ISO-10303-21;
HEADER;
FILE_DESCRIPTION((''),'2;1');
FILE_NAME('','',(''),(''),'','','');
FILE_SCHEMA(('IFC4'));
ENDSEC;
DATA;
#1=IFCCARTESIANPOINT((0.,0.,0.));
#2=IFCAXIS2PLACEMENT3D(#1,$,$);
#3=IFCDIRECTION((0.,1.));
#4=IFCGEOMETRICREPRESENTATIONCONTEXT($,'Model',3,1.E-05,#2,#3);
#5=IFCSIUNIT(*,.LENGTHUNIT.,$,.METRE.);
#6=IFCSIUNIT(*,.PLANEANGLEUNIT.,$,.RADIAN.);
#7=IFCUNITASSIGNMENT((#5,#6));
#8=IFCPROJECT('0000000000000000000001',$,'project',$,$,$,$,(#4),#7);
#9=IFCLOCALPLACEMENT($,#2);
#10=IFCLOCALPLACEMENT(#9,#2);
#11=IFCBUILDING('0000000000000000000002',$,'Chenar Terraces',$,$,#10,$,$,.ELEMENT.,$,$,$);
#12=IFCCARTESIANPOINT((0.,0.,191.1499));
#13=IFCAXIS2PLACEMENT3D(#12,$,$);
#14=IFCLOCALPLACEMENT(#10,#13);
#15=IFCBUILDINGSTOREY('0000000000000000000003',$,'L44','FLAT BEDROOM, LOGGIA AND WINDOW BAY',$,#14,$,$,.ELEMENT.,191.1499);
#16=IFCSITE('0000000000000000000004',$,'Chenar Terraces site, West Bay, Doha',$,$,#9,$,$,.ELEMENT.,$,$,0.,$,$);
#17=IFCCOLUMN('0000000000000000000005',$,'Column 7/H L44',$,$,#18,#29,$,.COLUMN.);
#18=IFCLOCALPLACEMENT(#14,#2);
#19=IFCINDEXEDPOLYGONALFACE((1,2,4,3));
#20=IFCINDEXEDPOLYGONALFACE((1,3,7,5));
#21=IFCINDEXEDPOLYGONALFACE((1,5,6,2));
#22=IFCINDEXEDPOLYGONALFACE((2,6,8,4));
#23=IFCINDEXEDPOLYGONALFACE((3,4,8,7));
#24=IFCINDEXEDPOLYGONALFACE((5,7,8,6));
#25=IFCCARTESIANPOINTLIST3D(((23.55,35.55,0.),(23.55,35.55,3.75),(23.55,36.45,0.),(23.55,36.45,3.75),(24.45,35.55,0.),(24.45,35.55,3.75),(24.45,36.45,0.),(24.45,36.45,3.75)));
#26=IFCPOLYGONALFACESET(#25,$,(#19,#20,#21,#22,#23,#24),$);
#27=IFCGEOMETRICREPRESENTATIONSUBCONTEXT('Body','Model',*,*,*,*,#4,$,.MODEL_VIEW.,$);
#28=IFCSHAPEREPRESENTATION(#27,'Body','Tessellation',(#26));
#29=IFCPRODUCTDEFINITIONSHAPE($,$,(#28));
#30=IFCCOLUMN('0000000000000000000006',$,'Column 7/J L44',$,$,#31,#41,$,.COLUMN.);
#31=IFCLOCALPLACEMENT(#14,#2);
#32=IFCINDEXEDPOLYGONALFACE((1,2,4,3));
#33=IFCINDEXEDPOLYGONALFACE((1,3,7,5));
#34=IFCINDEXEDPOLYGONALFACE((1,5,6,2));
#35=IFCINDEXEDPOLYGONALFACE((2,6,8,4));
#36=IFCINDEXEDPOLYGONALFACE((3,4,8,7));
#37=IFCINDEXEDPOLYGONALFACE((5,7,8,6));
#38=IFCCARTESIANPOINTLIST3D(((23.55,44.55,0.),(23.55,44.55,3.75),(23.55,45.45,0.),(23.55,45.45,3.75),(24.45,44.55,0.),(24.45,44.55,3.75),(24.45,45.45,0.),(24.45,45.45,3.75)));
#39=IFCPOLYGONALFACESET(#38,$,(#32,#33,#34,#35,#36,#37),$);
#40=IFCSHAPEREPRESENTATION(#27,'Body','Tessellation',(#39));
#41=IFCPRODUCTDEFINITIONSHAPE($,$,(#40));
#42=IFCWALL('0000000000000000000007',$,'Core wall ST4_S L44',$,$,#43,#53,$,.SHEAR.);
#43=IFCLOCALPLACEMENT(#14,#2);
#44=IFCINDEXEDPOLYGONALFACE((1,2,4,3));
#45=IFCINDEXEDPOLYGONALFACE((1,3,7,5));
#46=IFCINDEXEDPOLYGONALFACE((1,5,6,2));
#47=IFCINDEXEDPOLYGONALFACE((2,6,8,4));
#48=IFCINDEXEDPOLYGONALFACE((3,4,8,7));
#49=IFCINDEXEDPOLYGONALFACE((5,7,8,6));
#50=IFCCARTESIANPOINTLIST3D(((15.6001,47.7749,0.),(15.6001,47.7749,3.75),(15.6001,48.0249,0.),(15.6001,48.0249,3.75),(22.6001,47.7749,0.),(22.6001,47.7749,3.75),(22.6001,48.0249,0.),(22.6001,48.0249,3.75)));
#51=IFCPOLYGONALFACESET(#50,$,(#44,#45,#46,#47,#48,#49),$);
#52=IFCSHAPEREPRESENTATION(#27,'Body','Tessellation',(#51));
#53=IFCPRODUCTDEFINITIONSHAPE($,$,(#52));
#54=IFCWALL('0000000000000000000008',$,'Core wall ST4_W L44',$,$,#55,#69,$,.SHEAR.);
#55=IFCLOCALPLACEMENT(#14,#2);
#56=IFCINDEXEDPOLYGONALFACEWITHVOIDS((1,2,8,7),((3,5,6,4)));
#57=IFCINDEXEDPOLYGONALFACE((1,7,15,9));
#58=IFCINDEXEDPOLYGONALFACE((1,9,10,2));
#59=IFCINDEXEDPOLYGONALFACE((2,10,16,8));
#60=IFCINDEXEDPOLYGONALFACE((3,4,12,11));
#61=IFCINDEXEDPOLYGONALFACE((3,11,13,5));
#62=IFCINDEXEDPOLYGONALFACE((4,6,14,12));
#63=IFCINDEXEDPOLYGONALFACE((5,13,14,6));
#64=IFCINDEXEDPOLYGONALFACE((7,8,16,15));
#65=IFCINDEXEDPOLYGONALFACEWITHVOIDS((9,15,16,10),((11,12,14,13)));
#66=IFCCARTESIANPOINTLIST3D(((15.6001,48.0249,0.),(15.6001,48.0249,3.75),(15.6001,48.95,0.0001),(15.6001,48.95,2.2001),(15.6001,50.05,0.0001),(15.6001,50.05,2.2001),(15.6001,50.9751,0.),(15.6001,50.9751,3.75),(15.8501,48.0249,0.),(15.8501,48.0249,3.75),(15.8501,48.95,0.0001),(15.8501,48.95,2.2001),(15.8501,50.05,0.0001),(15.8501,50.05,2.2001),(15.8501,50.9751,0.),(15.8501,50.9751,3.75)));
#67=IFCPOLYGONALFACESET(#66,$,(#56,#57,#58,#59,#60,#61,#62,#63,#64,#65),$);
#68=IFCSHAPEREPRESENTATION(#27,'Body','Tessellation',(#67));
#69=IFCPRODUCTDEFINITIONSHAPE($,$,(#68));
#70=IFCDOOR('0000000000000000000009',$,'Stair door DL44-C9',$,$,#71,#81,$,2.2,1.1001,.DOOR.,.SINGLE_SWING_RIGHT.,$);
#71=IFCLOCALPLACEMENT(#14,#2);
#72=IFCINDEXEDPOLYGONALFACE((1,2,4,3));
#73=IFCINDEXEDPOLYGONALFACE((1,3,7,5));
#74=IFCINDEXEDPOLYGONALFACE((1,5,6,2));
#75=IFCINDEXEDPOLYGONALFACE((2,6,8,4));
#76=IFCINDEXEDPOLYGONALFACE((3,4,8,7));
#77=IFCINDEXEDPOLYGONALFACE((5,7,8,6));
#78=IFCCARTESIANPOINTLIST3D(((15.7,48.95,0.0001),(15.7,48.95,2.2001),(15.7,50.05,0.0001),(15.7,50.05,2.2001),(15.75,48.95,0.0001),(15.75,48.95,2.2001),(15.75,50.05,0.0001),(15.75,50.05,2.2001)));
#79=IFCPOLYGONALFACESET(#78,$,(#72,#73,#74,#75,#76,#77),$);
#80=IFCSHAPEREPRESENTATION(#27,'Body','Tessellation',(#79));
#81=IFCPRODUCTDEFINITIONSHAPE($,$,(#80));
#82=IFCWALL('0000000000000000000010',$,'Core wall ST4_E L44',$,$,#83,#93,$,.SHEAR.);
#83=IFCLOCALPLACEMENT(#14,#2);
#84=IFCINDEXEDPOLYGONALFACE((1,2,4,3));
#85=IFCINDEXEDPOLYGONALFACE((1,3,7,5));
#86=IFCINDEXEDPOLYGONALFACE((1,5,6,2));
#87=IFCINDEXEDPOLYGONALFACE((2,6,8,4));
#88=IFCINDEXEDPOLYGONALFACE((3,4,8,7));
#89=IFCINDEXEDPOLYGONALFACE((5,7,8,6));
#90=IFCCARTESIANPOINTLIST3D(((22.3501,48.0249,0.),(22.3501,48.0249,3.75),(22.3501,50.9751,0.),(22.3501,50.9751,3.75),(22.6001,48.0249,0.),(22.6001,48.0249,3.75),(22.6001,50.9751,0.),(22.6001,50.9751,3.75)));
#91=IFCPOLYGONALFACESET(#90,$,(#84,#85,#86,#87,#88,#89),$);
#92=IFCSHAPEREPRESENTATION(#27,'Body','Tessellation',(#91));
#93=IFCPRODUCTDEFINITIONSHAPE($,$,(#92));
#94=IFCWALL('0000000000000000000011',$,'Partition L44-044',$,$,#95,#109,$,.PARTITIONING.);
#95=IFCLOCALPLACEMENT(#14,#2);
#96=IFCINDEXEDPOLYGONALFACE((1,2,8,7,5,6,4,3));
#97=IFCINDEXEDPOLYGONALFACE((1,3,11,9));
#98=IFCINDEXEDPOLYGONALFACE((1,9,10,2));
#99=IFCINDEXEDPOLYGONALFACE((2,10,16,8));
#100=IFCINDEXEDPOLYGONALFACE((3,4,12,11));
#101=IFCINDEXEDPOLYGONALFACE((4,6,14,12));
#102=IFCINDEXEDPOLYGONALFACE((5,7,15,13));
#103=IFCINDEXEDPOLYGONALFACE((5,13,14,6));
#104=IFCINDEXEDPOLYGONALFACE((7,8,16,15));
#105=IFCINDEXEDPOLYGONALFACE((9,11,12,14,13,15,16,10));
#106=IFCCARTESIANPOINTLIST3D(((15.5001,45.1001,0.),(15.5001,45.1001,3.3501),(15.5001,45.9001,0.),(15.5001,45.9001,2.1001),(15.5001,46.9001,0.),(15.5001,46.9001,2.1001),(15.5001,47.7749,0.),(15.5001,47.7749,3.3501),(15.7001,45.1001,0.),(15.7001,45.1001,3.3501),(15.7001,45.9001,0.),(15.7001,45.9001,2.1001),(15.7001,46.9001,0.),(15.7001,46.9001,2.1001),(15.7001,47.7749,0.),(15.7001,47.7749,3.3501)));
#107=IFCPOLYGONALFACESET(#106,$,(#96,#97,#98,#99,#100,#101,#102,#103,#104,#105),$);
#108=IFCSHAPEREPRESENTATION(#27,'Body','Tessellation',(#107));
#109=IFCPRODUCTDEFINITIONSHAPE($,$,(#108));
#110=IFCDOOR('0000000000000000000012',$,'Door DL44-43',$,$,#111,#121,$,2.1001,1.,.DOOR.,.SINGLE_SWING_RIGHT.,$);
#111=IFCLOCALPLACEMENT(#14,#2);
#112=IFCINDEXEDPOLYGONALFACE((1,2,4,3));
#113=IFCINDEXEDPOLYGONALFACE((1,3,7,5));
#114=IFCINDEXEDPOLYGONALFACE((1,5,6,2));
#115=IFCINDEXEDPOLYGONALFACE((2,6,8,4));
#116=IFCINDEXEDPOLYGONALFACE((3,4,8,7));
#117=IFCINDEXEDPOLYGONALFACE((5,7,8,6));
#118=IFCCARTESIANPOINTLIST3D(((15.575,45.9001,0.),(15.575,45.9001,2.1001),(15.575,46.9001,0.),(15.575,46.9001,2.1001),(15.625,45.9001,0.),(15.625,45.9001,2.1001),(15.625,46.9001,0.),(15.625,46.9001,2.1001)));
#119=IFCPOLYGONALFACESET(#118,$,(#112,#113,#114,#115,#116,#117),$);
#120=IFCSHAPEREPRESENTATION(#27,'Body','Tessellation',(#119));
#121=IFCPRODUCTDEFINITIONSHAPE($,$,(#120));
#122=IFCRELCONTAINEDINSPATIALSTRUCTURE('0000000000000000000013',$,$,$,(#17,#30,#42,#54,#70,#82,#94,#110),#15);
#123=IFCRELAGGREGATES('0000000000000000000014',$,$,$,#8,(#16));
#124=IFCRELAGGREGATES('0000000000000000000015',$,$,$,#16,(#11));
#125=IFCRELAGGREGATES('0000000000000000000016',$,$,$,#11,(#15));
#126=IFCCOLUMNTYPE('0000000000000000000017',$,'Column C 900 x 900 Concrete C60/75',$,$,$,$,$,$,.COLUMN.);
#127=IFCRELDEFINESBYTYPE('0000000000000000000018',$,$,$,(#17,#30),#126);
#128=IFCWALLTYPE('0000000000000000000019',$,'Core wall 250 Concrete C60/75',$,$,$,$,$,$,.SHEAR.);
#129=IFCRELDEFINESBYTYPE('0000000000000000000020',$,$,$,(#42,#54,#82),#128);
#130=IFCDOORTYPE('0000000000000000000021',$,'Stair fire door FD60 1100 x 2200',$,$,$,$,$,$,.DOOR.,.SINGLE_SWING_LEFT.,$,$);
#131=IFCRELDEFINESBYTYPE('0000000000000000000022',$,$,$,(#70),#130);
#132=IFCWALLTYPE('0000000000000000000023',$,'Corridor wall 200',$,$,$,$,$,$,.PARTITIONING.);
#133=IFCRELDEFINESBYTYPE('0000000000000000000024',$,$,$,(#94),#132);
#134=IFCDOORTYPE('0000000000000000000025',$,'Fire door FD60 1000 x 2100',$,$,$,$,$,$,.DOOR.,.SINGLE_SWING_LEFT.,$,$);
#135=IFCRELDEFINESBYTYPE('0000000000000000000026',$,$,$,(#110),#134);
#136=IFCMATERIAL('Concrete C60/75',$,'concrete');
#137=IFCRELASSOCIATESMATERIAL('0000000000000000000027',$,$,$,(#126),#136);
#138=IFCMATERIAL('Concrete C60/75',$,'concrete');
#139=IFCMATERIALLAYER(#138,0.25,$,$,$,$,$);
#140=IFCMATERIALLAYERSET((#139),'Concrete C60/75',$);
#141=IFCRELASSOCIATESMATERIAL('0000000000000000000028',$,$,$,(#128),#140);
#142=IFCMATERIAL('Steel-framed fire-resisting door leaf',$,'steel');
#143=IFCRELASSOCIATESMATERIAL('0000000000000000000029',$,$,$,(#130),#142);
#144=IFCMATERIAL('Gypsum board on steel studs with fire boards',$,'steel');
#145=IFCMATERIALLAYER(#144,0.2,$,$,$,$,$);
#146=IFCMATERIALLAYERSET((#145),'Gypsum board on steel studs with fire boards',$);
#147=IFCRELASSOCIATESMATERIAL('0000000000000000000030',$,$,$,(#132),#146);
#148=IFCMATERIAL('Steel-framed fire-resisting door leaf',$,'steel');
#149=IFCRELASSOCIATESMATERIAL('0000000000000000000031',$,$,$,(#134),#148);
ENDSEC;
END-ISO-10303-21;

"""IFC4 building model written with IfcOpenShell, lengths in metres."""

from ifc_helpers import new_model, si_unit, direction, frame, frame_2d, origin, origin_2d, place, context, subcontext, project, spatial, rectangle, extrude, material, layer, layer_set, material_profile, profile_set, type_object, element, fill, save


model = new_model("IFC4")

# Units and contexts
model_context = context("Model", 3, precision=1e-05, world=origin(), true_north=direction((0.0, 1.0)))
body_context = subcontext(model_context, "Body", "Model", "MODEL_VIEW")
ifc_project = project(units=[si_unit("LENGTHUNIT", "METRE"), si_unit("PLANEANGLEUNIT", "RADIAN")], contexts=[model_context])

# Site, building, storey
site_placement = place(None, origin())
site = spatial("IfcSite", under=ifc_project, at=site_placement, Name="Chenar Terraces site, West Bay, Doha", CompositionType="ELEMENT", RefElevation=0.0)
building_placement = place(site_placement, origin())
building = spatial("IfcBuilding", under=site, at=building_placement, Name="Chenar Terraces", CompositionType="ELEMENT")
storey_placement = place(building_placement, frame((0.0, 0.0, 191.1499)))
storey = spatial("IfcBuildingStorey", under=building, at=storey_placement, Name="L44", Description="FLAT BEDROOM, LOGGIA AND WINDOW BAY", CompositionType="ELEMENT", Elevation=191.1499)

# Columns
ifc_material_1 = material(Name="Concrete C60/75", Category="concrete")
ifc_material_profile = material_profile(ifc_material_1, rectangle(XDim=0.8999, YDim=0.8999, at=origin_2d()), Name="C 900 x 900")
ifc_profile_set = profile_set([ifc_material_profile], Name="Concrete C60/75")
column_type = type_object("IfcColumnType", Name="Column C 900 x 900 Concrete C60/75", PredefinedType="COLUMN", material=ifc_profile_set)
for number, where, z_axis, x_axis, name in (
    (1, (24.0, 36.0, 0.0), (0.0, 0.0, 1.0), (1.0, 0.0, 0.0), "Column 7/H L44"),
    (2, (24.0, 45.0, 0.0), (0.0, 0.0, 1.0), (1.0, 0.0, 0.0), "Column 7/J L44"),
):
    element("IfcColumn", number, at=place(storey_placement, frame(where, z_axis=z_axis, x_axis=x_axis)), inside=storey, type_object=column_type, Name=name, PredefinedType="COLUMN", context=body_context, shape_type="SweptSolid", body=[
        extrude(rectangle(XDim=0.8999, YDim=0.8999, at=origin_2d()), origin(), (0.0, 0.0, 1.0), 3.75),
    ])

# Wall
ifc_material_2 = material(Name="Concrete C60/75", Category="concrete")
ifc_layer_1 = layer(ifc_material_2, 0.25)
ifc_layer_set_1 = layer_set([ifc_layer_1], Name="Concrete C60/75")
wall_type_1 = type_object("IfcWallType", Name="Core wall 250 Concrete C60/75", PredefinedType="SHEAR", material=ifc_layer_set_1)
wall_1_placement = place(storey_placement, frame((15.6001, 47.8999, 0.0), z_axis=(0.0, 0.0, 1.0), x_axis=(1.0, 0.0, 0.0)))
element("IfcWall", 3, at=wall_1_placement, inside=storey, type_object=wall_type_1, Name="Core wall ST4_S L44", PredefinedType="SHEAR", context=body_context, shape_type="SweptSolid", body=[
    extrude(rectangle(XDim=7.0, YDim=0.25, at=frame_2d((3.5, 0.0))), origin(), (0.0, 0.0, 1.0), 3.75),
])

# Wall, opening, door
wall_2_placement = place(storey_placement, frame((15.7251, 48.0249, 0.0), z_axis=(0.0, 0.0, 1.0), x_axis=(0.0, 1.0, 0.0)))
wall_2 = element("IfcWall", 4, at=wall_2_placement, inside=storey, type_object=wall_type_1, Name="Core wall ST4_W L44", PredefinedType="SHEAR", context=body_context, shape_type="SweptSolid", body=[
    extrude(rectangle(XDim=2.9502, YDim=0.25, at=frame_2d((1.4751, 0.0))), origin(), (0.0, 0.0, 1.0), 3.75),
])
opening_1_placement = place(wall_2_placement, frame((0.925, 0.0, 0.0)))
opening_1 = element("IfcOpeningElement", 5, at=opening_1_placement, cuts=wall_2, PredefinedType="OPENING", context=body_context, shape_type="SweptSolid", body=[
    extrude(rectangle(XDim=1.1001, YDim=2.2, at=frame_2d((0.55, 1.1001))), frame((0.0, 0.135, 0.0), z_axis=(0.0, -1.0, 0.0), x_axis=(1.0, 0.0, 0.0)), (0.0, 0.0, 1.0), 0.27),
])
ifc_material_3 = material(Name="Steel-framed fire-resisting door leaf", Category="steel")
door_type_1 = type_object("IfcDoorType", Name="Stair fire door FD60 1100 x 2200", OperationType="SINGLE_SWING_LEFT", PredefinedType="DOOR", material=ifc_material_3)
door_1_placement = place(opening_1_placement, frame((1.1001, 0.0, 0.0), z_axis=(0.0, 0.0, 1.0), x_axis=(-1.0, 0.0, 0.0)))
door_1 = element("IfcDoor", 6, at=door_1_placement, inside=storey, type_object=door_type_1, Name="Stair door DL44-C9", OperationType="SINGLE_SWING_RIGHT", OverallHeight=2.2, OverallWidth=1.1001, PredefinedType="DOOR", context=body_context, shape_type="SweptSolid", body=[
    extrude(rectangle(XDim=1.1001, YDim=2.2, at=frame_2d((0.55, 1.1001))), frame((0.0, 0.0249, 0.0), z_axis=(0.0, -1.0, 0.0), x_axis=(1.0, 0.0, 0.0)), (0.0, 0.0, 1.0), 0.05),
])
fill(opening_1, door_1)

# Wall
wall_3_placement = place(storey_placement, frame((22.4751, 48.0249, 0.0), z_axis=(0.0, 0.0, 1.0), x_axis=(0.0, 1.0, 0.0)))
element("IfcWall", 7, at=wall_3_placement, inside=storey, type_object=wall_type_1, Name="Core wall ST4_E L44", PredefinedType="SHEAR", context=body_context, shape_type="SweptSolid", body=[
    extrude(rectangle(XDim=2.9502, YDim=0.25, at=frame_2d((1.4751, 0.0))), origin(), (0.0, 0.0, 1.0), 3.75),
])

# Wall, opening, door
ifc_material_4 = material(Name="Gypsum board on steel studs with fire boards", Category="steel")
ifc_layer_2 = layer(ifc_material_4, 0.2)
ifc_layer_set_2 = layer_set([ifc_layer_2], Name="Gypsum board on steel studs with fire boards")
wall_type_2 = type_object("IfcWallType", Name="Corridor wall 200", PredefinedType="PARTITIONING", material=ifc_layer_set_2)
wall_4_placement = place(storey_placement, frame((15.6001, 45.1001, 0.0), z_axis=(0.0, 0.0, 1.0), x_axis=(0.0, 1.0, 0.0)))
wall_4 = element("IfcWall", 8, at=wall_4_placement, inside=storey, type_object=wall_type_2, Name="Partition L44-044", PredefinedType="PARTITIONING", context=body_context, shape_type="SweptSolid", body=[
    extrude(rectangle(XDim=2.6748, YDim=0.2, at=frame_2d((1.3374, 0.0))), origin(), (0.0, 0.0, 1.0), 3.3501),
])
opening_2_placement = place(wall_4_placement, frame((0.8, 0.0, 0.0)))
opening_2 = element("IfcOpeningElement", 9, at=opening_2_placement, cuts=wall_4, PredefinedType="OPENING", context=body_context, shape_type="SweptSolid", body=[
    extrude(rectangle(XDim=1.0, YDim=2.1001, at=frame_2d((0.5, 1.05))), frame((0.0, 0.1099, 0.0), z_axis=(0.0, -1.0, 0.0), x_axis=(1.0, 0.0, 0.0)), (0.0, 0.0, 1.0), 0.22),
])
ifc_material_5 = material(Name="Steel-framed fire-resisting door leaf", Category="steel")
door_type_2 = type_object("IfcDoorType", Name="Fire door FD60 1000 x 2100", OperationType="SINGLE_SWING_LEFT", PredefinedType="DOOR", material=ifc_material_5)
door_2_placement = place(opening_2_placement, frame((1.0, 0.0, 0.0), z_axis=(0.0, 0.0, 1.0), x_axis=(-1.0, 0.0, 0.0)))
door_2 = element("IfcDoor", 10, at=door_2_placement, inside=storey, type_object=door_type_2, Name="Door DL44-43", OperationType="SINGLE_SWING_RIGHT", OverallHeight=2.1001, OverallWidth=1.0, PredefinedType="DOOR", context=body_context, shape_type="SweptSolid", body=[
    extrude(rectangle(XDim=1.0, YDim=2.1001, at=frame_2d((0.5, 1.05))), frame((0.0, 0.0249, 0.0), z_axis=(0.0, -1.0, 0.0), x_axis=(1.0, 0.0, 0.0)), (0.0, 0.0, 1.0), 0.05),
])
fill(opening_2, door_2)

save(model, "model.ifc")
